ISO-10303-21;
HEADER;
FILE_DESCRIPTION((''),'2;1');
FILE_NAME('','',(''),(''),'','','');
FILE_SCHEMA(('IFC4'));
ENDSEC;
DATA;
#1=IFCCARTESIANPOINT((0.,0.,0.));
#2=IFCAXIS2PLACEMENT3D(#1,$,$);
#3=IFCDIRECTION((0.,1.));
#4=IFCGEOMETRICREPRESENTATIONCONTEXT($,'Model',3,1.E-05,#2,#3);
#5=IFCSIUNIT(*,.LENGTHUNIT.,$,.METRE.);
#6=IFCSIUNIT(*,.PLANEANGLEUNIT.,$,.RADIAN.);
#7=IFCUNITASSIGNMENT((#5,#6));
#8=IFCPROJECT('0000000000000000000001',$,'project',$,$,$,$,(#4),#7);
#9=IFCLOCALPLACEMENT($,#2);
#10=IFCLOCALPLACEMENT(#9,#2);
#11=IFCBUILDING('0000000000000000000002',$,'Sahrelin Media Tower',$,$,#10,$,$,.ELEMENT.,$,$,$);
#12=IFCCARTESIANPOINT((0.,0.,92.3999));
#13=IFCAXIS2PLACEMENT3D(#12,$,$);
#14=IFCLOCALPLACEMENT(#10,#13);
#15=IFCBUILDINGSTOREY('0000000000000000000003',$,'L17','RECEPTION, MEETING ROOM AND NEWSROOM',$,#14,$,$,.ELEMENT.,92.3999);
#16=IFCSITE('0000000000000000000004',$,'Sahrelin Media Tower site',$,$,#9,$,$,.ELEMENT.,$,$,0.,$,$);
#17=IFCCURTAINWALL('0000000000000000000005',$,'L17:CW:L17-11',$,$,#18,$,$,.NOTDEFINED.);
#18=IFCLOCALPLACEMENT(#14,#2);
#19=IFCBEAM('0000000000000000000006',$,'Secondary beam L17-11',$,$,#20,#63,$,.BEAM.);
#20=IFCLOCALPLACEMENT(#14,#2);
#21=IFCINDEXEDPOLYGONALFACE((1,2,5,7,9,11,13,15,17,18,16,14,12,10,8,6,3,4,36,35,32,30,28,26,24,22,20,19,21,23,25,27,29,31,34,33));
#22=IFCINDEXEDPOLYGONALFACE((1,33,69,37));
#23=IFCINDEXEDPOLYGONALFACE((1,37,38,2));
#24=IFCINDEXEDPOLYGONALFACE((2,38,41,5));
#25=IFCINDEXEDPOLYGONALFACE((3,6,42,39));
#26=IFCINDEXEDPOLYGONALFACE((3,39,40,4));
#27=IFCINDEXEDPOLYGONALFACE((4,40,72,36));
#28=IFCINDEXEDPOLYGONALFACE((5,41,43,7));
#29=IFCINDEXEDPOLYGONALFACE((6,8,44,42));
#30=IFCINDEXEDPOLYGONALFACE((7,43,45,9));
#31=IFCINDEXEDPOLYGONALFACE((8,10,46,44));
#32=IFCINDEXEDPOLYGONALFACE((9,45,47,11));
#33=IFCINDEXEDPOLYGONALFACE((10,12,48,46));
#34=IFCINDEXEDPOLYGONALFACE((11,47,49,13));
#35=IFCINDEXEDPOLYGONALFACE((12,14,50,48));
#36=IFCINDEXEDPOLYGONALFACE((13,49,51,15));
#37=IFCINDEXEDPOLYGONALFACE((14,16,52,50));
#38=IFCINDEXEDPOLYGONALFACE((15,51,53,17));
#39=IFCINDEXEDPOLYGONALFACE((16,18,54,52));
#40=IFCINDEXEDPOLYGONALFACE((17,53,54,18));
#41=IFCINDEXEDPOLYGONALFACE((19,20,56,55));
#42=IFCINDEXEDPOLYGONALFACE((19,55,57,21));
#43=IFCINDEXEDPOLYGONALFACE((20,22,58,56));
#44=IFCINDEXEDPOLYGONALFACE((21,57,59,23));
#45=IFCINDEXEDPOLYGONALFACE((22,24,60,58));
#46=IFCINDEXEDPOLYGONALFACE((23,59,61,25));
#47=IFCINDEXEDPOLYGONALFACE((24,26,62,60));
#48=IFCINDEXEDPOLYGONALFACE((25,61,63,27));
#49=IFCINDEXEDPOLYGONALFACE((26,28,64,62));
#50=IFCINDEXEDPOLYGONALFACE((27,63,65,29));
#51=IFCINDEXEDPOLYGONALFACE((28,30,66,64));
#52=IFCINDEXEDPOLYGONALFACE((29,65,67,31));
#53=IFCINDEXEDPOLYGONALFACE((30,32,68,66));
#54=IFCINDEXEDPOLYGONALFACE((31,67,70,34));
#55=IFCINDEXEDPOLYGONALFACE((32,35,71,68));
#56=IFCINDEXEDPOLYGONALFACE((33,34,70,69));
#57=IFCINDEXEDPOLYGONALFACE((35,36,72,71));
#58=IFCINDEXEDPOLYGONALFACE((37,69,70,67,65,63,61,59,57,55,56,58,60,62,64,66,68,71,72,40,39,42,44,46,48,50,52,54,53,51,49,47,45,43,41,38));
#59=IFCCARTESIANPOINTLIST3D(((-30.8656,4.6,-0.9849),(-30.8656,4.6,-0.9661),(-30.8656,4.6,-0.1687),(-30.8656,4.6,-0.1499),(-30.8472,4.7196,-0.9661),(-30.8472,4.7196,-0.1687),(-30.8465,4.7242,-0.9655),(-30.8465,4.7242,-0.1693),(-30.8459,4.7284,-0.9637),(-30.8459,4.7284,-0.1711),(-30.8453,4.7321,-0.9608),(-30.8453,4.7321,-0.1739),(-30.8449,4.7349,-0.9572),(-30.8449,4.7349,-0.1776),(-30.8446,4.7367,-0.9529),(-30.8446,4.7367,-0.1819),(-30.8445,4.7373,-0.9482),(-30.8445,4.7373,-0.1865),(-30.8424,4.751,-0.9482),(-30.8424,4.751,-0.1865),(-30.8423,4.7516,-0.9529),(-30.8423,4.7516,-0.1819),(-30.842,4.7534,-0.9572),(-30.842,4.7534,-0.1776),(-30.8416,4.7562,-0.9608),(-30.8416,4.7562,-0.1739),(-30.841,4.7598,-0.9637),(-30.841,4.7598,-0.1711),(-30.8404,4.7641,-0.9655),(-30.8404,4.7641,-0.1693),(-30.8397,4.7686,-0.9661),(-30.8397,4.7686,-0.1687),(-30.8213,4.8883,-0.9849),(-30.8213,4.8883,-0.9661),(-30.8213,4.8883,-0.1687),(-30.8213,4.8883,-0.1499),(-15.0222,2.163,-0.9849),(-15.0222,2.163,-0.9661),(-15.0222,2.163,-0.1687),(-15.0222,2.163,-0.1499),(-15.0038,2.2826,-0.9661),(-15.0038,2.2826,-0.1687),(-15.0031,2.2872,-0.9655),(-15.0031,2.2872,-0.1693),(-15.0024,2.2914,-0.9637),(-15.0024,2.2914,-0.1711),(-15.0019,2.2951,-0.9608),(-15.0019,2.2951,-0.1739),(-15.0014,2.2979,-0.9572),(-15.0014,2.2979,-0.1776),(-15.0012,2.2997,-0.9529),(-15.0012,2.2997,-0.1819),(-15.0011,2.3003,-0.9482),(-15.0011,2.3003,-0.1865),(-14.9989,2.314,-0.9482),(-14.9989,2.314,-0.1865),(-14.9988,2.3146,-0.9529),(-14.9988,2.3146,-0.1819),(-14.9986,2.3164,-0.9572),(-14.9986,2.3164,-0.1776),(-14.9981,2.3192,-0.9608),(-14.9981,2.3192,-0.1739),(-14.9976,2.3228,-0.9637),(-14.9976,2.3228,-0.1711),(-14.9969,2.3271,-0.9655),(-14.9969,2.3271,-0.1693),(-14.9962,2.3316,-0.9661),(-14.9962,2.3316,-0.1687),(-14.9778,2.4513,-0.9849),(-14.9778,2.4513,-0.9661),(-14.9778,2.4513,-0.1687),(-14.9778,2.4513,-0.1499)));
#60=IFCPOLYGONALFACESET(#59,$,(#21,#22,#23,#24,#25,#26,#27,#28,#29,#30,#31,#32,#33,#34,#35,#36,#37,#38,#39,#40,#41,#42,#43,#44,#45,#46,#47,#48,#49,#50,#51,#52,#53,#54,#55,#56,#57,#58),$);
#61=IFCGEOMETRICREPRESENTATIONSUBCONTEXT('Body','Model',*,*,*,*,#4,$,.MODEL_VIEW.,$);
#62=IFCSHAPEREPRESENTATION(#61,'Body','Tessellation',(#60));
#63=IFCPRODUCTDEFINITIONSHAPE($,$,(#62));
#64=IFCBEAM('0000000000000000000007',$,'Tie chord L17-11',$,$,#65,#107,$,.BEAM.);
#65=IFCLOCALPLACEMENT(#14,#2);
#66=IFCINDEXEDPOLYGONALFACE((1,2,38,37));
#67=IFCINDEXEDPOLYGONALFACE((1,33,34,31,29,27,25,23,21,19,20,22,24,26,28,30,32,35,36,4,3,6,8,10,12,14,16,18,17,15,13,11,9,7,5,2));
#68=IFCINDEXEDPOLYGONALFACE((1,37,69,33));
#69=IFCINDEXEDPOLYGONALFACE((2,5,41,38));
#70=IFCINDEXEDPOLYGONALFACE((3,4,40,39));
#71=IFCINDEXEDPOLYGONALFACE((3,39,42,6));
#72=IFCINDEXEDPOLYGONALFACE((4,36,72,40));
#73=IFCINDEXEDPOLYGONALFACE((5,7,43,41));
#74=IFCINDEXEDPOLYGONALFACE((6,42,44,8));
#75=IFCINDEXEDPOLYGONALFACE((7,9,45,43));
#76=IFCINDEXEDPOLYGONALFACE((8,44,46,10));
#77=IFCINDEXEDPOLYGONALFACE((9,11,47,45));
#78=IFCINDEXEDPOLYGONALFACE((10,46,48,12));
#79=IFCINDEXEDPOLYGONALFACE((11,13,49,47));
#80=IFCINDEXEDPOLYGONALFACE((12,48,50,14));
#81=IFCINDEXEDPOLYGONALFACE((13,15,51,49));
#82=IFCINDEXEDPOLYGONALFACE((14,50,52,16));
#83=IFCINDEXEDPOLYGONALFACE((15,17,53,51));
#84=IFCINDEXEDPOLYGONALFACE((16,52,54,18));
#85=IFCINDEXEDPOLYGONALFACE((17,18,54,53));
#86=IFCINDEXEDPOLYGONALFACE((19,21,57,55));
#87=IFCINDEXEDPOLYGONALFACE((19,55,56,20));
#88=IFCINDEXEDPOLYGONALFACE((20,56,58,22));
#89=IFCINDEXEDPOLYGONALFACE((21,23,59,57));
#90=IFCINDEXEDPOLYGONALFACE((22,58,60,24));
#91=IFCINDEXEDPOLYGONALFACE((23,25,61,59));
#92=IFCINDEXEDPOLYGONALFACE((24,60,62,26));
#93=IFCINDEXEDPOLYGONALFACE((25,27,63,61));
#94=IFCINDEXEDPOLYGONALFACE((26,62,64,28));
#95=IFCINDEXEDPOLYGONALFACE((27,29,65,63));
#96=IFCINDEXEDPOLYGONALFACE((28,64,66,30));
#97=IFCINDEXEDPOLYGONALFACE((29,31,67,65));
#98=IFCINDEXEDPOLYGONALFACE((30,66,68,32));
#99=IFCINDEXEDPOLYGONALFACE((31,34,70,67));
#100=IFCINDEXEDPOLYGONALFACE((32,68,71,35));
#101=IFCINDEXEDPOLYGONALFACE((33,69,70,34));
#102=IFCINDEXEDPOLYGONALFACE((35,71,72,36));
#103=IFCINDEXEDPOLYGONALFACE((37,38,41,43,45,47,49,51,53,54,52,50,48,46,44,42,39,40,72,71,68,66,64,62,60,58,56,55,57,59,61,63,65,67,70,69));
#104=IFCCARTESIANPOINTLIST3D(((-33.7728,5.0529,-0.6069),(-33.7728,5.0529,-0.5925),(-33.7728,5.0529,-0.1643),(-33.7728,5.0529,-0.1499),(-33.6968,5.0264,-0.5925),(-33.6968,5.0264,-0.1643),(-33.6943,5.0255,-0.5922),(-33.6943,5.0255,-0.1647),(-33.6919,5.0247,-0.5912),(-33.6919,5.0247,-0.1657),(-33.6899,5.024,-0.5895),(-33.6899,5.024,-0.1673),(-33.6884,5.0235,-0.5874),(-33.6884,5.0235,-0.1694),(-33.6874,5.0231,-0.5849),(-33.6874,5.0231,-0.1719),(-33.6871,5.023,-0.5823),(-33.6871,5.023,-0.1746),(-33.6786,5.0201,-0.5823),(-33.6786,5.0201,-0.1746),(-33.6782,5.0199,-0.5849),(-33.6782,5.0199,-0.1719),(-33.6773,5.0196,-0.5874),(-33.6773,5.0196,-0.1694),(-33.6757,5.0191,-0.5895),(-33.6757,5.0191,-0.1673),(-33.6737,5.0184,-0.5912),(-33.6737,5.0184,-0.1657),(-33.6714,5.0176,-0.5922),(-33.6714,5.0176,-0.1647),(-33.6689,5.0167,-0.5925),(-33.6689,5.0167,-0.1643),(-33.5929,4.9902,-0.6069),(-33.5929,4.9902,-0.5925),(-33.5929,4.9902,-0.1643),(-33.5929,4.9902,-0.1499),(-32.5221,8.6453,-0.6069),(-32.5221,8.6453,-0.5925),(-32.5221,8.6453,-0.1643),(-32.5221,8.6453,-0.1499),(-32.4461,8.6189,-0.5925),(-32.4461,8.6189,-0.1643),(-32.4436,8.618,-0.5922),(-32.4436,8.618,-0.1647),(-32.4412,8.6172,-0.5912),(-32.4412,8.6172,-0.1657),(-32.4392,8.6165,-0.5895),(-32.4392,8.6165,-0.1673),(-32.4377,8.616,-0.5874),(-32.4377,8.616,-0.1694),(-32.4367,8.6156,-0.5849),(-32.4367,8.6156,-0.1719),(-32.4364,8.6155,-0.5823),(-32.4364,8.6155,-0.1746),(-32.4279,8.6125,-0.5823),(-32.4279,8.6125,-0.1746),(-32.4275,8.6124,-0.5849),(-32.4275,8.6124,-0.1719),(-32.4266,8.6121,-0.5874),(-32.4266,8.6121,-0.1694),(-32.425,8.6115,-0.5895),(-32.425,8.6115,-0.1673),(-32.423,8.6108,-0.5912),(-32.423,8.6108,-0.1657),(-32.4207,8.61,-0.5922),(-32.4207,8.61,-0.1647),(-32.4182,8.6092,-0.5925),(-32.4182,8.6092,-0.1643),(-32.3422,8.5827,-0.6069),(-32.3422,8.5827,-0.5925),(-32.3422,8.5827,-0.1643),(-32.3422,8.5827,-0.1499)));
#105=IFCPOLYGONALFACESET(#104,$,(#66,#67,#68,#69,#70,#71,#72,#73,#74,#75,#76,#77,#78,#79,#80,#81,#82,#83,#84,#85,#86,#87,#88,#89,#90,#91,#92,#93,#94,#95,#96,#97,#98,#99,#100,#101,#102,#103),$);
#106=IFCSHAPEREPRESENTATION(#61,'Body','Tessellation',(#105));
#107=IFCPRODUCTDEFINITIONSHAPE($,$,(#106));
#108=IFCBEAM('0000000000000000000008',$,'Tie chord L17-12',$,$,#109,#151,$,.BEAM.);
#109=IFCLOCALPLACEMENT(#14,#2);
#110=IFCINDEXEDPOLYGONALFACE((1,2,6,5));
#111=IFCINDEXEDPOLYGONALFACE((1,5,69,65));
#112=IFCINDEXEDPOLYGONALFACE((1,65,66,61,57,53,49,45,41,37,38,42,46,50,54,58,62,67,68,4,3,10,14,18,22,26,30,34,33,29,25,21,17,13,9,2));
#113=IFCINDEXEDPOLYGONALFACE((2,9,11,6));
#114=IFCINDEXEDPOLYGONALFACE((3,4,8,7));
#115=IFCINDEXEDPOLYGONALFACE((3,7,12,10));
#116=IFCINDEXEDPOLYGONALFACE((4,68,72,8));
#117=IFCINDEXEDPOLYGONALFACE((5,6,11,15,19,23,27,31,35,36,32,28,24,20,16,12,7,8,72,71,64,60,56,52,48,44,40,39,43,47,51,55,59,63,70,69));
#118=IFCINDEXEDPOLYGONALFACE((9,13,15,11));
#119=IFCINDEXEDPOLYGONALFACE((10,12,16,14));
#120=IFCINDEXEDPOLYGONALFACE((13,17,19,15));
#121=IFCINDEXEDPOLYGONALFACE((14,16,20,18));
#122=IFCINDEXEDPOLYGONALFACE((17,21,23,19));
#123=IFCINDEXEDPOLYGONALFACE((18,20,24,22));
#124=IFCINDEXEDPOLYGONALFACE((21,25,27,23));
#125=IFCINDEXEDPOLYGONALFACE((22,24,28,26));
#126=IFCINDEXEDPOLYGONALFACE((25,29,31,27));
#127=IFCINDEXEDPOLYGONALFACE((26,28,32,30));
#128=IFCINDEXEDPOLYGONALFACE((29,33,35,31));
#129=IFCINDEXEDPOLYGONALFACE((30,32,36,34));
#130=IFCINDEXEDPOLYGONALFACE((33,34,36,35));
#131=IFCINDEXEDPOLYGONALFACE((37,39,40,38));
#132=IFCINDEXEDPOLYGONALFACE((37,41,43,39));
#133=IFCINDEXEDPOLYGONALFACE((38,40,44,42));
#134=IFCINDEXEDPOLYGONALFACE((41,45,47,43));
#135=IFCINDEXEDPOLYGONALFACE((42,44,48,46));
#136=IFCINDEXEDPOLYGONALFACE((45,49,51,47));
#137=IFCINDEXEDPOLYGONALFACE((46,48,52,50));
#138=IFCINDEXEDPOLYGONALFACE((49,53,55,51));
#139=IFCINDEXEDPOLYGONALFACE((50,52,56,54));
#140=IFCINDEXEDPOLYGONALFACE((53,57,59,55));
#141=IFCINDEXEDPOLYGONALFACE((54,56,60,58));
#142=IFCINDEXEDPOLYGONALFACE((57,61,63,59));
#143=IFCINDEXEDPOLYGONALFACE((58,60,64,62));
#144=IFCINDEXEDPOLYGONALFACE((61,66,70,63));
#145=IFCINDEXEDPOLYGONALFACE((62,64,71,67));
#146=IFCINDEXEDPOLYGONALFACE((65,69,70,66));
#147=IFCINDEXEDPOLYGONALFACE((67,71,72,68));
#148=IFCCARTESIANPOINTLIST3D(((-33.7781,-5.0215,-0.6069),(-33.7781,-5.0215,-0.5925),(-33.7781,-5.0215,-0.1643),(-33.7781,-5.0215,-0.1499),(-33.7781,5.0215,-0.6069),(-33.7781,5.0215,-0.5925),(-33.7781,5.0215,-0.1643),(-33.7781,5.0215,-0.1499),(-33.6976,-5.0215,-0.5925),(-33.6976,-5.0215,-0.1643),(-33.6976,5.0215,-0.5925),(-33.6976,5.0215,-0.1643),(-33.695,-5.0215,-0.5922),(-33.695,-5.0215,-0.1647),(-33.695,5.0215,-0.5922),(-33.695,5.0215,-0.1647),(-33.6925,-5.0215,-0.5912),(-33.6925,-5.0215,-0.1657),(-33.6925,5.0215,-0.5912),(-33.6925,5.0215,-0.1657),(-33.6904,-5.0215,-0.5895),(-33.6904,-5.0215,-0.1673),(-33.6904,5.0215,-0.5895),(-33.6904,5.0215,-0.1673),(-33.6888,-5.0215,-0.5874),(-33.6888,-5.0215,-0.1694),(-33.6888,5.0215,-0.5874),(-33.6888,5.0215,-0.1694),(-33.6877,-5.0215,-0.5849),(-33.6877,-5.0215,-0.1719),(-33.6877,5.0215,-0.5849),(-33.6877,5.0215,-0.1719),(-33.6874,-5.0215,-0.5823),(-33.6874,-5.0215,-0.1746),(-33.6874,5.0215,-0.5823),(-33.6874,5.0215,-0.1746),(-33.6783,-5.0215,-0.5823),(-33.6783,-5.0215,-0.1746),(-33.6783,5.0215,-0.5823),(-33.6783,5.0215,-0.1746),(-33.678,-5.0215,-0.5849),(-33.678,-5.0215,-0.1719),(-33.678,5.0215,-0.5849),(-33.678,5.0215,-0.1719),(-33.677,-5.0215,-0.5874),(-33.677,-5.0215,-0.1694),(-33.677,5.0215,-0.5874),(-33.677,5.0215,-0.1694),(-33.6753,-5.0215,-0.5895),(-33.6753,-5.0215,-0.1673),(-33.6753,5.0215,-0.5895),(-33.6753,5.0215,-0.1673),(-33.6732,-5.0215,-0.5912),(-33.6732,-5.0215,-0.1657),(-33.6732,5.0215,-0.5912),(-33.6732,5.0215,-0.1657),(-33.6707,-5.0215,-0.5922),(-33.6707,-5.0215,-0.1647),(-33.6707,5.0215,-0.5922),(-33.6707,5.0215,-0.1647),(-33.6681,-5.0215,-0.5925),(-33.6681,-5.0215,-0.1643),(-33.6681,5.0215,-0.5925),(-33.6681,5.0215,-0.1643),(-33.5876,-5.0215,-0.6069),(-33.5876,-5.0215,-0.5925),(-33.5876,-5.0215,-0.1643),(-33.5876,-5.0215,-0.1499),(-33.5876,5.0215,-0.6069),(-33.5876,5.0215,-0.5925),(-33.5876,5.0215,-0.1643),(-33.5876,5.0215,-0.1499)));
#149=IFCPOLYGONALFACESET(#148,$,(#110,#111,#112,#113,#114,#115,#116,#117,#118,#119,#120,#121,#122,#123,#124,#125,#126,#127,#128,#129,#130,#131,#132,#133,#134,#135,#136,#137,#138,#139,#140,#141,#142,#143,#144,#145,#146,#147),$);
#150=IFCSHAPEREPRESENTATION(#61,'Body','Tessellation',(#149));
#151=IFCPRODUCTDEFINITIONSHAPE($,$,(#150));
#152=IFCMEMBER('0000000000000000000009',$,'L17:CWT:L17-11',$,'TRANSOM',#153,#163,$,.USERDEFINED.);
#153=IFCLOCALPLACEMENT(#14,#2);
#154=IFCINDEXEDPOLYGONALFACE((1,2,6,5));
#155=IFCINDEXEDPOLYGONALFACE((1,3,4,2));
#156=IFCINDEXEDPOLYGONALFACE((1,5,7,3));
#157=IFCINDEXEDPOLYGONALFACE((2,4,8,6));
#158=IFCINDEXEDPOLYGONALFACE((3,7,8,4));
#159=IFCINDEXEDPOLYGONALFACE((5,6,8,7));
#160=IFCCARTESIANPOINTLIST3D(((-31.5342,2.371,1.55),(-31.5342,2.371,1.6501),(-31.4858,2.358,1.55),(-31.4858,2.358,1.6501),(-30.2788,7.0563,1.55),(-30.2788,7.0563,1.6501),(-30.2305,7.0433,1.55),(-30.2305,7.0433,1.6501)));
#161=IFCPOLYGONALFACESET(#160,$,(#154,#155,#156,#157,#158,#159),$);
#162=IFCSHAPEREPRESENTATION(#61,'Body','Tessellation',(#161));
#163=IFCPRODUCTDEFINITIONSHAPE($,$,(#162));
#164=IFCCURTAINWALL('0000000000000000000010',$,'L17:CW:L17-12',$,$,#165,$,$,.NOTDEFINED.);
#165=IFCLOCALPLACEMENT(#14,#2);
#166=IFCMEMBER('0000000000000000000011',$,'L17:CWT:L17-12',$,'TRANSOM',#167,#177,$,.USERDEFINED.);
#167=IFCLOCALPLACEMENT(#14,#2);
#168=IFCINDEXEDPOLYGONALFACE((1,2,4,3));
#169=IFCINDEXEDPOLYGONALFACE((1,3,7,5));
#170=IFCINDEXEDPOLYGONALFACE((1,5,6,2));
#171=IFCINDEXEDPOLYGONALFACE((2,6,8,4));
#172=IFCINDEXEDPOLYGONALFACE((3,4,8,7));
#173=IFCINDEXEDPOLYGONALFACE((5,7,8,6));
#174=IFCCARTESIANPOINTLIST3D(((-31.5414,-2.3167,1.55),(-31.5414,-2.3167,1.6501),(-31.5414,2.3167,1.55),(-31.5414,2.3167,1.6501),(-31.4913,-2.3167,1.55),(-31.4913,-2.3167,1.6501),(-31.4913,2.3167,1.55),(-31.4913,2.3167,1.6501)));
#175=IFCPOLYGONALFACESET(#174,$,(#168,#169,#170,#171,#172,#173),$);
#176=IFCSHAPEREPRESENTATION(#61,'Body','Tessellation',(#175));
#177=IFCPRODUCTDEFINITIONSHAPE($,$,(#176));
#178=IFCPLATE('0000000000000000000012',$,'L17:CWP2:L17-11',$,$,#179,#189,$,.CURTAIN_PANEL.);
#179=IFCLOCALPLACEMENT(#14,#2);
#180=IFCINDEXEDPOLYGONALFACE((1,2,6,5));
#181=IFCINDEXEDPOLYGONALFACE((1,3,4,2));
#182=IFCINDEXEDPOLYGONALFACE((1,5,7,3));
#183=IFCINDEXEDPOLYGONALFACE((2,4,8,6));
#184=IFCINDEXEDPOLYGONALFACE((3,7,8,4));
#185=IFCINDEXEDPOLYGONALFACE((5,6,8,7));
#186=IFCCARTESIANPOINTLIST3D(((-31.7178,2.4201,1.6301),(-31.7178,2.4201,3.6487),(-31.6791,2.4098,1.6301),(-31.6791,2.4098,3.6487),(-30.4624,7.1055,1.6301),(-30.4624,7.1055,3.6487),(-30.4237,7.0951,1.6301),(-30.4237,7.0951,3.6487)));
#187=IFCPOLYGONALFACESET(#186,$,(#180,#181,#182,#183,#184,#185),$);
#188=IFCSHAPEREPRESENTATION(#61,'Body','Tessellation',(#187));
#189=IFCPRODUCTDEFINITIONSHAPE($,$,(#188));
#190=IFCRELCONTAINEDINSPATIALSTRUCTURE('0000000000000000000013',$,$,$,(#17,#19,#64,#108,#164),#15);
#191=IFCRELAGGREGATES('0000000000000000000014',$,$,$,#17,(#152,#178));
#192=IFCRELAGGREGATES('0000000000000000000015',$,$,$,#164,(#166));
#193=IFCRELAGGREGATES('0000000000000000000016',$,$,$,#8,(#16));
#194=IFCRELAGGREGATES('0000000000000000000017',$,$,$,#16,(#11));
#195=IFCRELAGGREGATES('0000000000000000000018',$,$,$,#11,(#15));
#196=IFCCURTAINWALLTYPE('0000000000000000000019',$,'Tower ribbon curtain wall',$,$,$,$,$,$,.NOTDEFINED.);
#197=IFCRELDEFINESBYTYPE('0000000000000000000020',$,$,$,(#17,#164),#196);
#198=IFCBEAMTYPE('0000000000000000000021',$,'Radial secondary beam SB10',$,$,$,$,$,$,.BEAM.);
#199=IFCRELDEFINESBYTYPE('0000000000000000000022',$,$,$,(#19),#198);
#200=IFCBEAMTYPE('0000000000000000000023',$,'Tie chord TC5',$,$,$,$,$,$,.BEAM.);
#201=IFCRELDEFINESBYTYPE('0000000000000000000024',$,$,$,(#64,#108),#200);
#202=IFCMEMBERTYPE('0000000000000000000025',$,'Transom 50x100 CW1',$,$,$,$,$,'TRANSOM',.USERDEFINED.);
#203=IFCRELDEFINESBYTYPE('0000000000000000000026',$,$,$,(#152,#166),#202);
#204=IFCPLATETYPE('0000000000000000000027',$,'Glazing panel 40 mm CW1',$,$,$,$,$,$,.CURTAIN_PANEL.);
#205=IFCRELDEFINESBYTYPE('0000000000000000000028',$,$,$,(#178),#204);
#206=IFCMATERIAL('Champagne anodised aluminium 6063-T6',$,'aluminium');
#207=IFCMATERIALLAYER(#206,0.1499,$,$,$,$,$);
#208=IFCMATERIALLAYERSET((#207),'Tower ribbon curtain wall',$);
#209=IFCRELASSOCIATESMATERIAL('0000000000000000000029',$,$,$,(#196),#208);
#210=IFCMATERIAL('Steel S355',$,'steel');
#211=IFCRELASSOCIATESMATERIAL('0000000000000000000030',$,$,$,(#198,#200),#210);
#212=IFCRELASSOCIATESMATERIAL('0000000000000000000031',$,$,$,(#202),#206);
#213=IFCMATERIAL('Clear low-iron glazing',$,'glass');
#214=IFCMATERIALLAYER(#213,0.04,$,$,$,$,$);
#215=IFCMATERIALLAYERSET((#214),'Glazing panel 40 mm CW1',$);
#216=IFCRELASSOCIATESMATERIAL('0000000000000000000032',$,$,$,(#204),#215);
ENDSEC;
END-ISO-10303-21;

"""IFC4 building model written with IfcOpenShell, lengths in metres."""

from ifc_helpers import new_model, si_unit, direction, frame, origin, origin_2d, place, context, subcontext, project, spatial, polyline, rectangle, i_section, outline, extrude, material, layer, layer_set, material_profile, profile_set, type_object, element, aggregate, save


model = new_model("IFC4")

# Units and contexts
model_context = context("Model", 3, precision=1e-05, world=origin(), true_north=direction((0.0, 1.0)))
body_context = subcontext(model_context, "Body", "Model", "MODEL_VIEW")
ifc_project = project(units=[si_unit("LENGTHUNIT", "METRE"), si_unit("PLANEANGLEUNIT", "RADIAN")], contexts=[model_context])

# Site, building, storey
site_placement = place(None, origin())
site = spatial("IfcSite", under=ifc_project, at=site_placement, Name="Sahrelin Media Tower site", CompositionType="ELEMENT", RefElevation=0.0)
building_placement = place(site_placement, origin())
building = spatial("IfcBuilding", under=site, at=building_placement, Name="Sahrelin Media Tower", CompositionType="ELEMENT")
storey_placement = place(building_placement, frame((0.0, 0.0, 92.3999)))
storey = spatial("IfcBuildingStorey", under=building, at=storey_placement, Name="L17", Description="RECEPTION, MEETING ROOM AND NEWSROOM", CompositionType="ELEMENT", Elevation=92.3999)

# Shared definitions
ifc_material_1 = material(Name="Steel S355", Category="steel")

# Curtain wall
ifc_material_2 = material(Name="Champagne anodised aluminium 6063-T6", Category="aluminium")
ifc_layer_1 = layer(ifc_material_2, 0.1499)
ifc_layer_set_1 = layer_set([ifc_layer_1], Name="Tower ribbon curtain wall")
curtain_wall_type = type_object("IfcCurtainWallType", Name="Tower ribbon curtain wall", PredefinedType="NOTDEFINED", material=ifc_layer_set_1)
curtain_wall_1_placement = place(storey_placement, frame((-31.0708, 4.7576, 0.0), z_axis=(0.0, 0.0, 1.0), x_axis=(1.0, 0.0, 0.0)))
curtain_wall_1 = element("IfcCurtainWall", 1, at=curtain_wall_1_placement, inside=storey, type_object=curtain_wall_type, Name="L17:CW:L17-11", PredefinedType="NOTDEFINED")

# Beams
ifc_material_profile_1 = material_profile(ifc_material_1, i_section(OverallWidth=0.2917, OverallDepth=0.835, WebThickness=0.0139, FlangeThickness=0.0188, FilletRadius=0.0178, at=origin_2d()), Name="UB 838x292x176")
ifc_profile_set_1 = profile_set([ifc_material_profile_1], Name="Steel S355")
beam_type_1 = type_object("IfcBeamType", Name="Radial secondary beam SB10", PredefinedType="BEAM", material=ifc_profile_set_1)
beam_1_placement = place(storey_placement, frame((-15.0, 2.3071, -0.5674), z_axis=(-0.988376, 0.15203, 0.0), x_axis=(-0.15203, -0.988376, 0.0)))
element("IfcBeam", 2, at=beam_1_placement, inside=storey, type_object=beam_type_1, Name="Secondary beam L17-11", PredefinedType="BEAM", context=body_context, shape_type="SweptSolid", body=[
    extrude(i_section(OverallWidth=0.2917, OverallDepth=0.835, WebThickness=0.0139, FlangeThickness=0.0188, FilletRadius=0.0178, at=origin_2d()), origin(), (0.0, 0.0, 1.0), 16.0298),
])
ifc_material_profile_2 = material_profile(ifc_material_1, i_section(OverallWidth=0.1904, OverallDepth=0.457, WebThickness=0.009, FlangeThickness=0.0144, FilletRadius=0.0103, at=origin_2d()), Name="UB 457x191x74")
ifc_profile_set_2 = profile_set([ifc_material_profile_2], Name="Steel S355")
beam_type_2 = type_object("IfcBeamType", Name="Tie chord TC5", PredefinedType="BEAM", material=ifc_profile_set_2)
beam_2_placement = place(storey_placement, frame((-32.4321, 8.614, -0.3784), z_axis=(-0.328792, -0.944402, 0.0), x_axis=(0.944402, -0.328792, 0.0)))
element("IfcBeam", 3, at=beam_2_placement, inside=storey, type_object=beam_type_2, Name="Tie chord L17-11", PredefinedType="BEAM", context=body_context, shape_type="SweptSolid", body=[
    extrude(i_section(OverallWidth=0.1904, OverallDepth=0.457, WebThickness=0.009, FlangeThickness=0.0144, FilletRadius=0.0103, at=origin_2d()), origin(), (0.0, 0.0, 1.0), 3.804),
])
beam_3_placement = place(storey_placement, frame((-33.6829, 5.0215, -0.3784), z_axis=(0.0, -1.0, 0.0), x_axis=(1.0, 0.0, 0.0)))
element("IfcBeam", 4, at=beam_3_placement, inside=storey, type_object=beam_type_2, Name="Tie chord L17-12", PredefinedType="BEAM", context=body_context, shape_type="SweptSolid", body=[
    extrude(i_section(OverallWidth=0.1904, OverallDepth=0.457, WebThickness=0.009, FlangeThickness=0.0144, FilletRadius=0.0103, at=origin_2d()), origin(), (0.0, 0.0, 1.0), 10.043),
])

# Member
ifc_material_profile_3 = material_profile(ifc_material_2, rectangle(XDim=0.05, YDim=0.1001, at=origin_2d()), Name="Transom 50x100")
ifc_profile_set_3 = profile_set([ifc_material_profile_3], Name="Champagne anodised aluminium 6063-T6")
member_type_1 = type_object("IfcMemberType", Name="Transom 50x100 CW1", ElementType="TRANSOM", PredefinedType="USERDEFINED", material=ifc_profile_set_3)
member_1_placement = place(storey_placement, frame((-30.2546, 7.0498, 1.6001), z_axis=(-0.258809, -0.965929, 0.0), x_axis=(0.965929, -0.258809, 0.0)))
member_1 = element("IfcMember", 5, at=member_1_placement, type_object=member_type_1, Name="L17:CWT:L17-11", ObjectType="TRANSOM", PredefinedType="USERDEFINED", context=body_context, shape_type="SweptSolid", body=[
    extrude(rectangle(XDim=0.05, YDim=0.1001, at=origin_2d()), origin(), (0.0, 0.0, 1.0), 4.8506),
])

# Curtain wall, member
curtain_wall_2_placement = place(storey_placement, frame((-31.7112, 0.0, 0.0), z_axis=(0.0, 0.0, 1.0), x_axis=(1.0, 0.0, 0.0)))
curtain_wall_2 = element("IfcCurtainWall", 6, at=curtain_wall_2_placement, inside=storey, type_object=curtain_wall_type, Name="L17:CW:L17-12", PredefinedType="NOTDEFINED")
member_2_placement = place(storey_placement, frame((-31.5164, 2.3167, 1.6001), z_axis=(0.0, -1.0, 0.0), x_axis=(1.0, 0.0, 0.0)))
member_2 = element("IfcMember", 7, at=member_2_placement, type_object=member_type_1, Name="L17:CWT:L17-12", ObjectType="TRANSOM", PredefinedType="USERDEFINED", context=body_context, shape_type="SweptSolid", body=[
    extrude(rectangle(XDim=0.05, YDim=0.1001, at=origin_2d()), origin(), (0.0, 0.0, 1.0), 4.6333),
])

# Plate
ifc_material_3 = material(Name="Clear low-iron glazing", Category="glass")
ifc_layer_2 = layer(ifc_material_3, 0.04)
ifc_layer_set_2 = layer_set([ifc_layer_2], Name="Glazing panel 40 mm CW1")
plate_type_1 = type_object("IfcPlateType", Name="Glazing panel 40 mm CW1", PredefinedType="CURTAIN_PANEL", material=ifc_layer_set_2)
plate_1_placement = place(storey_placement, frame((-30.4624, 7.1055, 1.6301), z_axis=(-0.965929, 0.258809, 0.0), x_axis=(-0.258809, -0.965929, 0.0)))
plate_1 = element("IfcPlate", 8, at=plate_1_placement, type_object=plate_type_1, Name="L17:CWP2:L17-11", PredefinedType="CURTAIN_PANEL", context=body_context, shape_type="SweptSolid", body=[
    extrude(outline(polyline([(0.0, 0.0), (4.8506, 0.0), (4.8506, 2.0186), (0.0, 2.0186), (0.0, 0.0)])), origin(), (0.0, 0.0, -1.0), 0.04),
])
aggregate(curtain_wall_1, [member_1, plate_1])
aggregate(curtain_wall_2, [member_2])

save(model, "model.ifc")
